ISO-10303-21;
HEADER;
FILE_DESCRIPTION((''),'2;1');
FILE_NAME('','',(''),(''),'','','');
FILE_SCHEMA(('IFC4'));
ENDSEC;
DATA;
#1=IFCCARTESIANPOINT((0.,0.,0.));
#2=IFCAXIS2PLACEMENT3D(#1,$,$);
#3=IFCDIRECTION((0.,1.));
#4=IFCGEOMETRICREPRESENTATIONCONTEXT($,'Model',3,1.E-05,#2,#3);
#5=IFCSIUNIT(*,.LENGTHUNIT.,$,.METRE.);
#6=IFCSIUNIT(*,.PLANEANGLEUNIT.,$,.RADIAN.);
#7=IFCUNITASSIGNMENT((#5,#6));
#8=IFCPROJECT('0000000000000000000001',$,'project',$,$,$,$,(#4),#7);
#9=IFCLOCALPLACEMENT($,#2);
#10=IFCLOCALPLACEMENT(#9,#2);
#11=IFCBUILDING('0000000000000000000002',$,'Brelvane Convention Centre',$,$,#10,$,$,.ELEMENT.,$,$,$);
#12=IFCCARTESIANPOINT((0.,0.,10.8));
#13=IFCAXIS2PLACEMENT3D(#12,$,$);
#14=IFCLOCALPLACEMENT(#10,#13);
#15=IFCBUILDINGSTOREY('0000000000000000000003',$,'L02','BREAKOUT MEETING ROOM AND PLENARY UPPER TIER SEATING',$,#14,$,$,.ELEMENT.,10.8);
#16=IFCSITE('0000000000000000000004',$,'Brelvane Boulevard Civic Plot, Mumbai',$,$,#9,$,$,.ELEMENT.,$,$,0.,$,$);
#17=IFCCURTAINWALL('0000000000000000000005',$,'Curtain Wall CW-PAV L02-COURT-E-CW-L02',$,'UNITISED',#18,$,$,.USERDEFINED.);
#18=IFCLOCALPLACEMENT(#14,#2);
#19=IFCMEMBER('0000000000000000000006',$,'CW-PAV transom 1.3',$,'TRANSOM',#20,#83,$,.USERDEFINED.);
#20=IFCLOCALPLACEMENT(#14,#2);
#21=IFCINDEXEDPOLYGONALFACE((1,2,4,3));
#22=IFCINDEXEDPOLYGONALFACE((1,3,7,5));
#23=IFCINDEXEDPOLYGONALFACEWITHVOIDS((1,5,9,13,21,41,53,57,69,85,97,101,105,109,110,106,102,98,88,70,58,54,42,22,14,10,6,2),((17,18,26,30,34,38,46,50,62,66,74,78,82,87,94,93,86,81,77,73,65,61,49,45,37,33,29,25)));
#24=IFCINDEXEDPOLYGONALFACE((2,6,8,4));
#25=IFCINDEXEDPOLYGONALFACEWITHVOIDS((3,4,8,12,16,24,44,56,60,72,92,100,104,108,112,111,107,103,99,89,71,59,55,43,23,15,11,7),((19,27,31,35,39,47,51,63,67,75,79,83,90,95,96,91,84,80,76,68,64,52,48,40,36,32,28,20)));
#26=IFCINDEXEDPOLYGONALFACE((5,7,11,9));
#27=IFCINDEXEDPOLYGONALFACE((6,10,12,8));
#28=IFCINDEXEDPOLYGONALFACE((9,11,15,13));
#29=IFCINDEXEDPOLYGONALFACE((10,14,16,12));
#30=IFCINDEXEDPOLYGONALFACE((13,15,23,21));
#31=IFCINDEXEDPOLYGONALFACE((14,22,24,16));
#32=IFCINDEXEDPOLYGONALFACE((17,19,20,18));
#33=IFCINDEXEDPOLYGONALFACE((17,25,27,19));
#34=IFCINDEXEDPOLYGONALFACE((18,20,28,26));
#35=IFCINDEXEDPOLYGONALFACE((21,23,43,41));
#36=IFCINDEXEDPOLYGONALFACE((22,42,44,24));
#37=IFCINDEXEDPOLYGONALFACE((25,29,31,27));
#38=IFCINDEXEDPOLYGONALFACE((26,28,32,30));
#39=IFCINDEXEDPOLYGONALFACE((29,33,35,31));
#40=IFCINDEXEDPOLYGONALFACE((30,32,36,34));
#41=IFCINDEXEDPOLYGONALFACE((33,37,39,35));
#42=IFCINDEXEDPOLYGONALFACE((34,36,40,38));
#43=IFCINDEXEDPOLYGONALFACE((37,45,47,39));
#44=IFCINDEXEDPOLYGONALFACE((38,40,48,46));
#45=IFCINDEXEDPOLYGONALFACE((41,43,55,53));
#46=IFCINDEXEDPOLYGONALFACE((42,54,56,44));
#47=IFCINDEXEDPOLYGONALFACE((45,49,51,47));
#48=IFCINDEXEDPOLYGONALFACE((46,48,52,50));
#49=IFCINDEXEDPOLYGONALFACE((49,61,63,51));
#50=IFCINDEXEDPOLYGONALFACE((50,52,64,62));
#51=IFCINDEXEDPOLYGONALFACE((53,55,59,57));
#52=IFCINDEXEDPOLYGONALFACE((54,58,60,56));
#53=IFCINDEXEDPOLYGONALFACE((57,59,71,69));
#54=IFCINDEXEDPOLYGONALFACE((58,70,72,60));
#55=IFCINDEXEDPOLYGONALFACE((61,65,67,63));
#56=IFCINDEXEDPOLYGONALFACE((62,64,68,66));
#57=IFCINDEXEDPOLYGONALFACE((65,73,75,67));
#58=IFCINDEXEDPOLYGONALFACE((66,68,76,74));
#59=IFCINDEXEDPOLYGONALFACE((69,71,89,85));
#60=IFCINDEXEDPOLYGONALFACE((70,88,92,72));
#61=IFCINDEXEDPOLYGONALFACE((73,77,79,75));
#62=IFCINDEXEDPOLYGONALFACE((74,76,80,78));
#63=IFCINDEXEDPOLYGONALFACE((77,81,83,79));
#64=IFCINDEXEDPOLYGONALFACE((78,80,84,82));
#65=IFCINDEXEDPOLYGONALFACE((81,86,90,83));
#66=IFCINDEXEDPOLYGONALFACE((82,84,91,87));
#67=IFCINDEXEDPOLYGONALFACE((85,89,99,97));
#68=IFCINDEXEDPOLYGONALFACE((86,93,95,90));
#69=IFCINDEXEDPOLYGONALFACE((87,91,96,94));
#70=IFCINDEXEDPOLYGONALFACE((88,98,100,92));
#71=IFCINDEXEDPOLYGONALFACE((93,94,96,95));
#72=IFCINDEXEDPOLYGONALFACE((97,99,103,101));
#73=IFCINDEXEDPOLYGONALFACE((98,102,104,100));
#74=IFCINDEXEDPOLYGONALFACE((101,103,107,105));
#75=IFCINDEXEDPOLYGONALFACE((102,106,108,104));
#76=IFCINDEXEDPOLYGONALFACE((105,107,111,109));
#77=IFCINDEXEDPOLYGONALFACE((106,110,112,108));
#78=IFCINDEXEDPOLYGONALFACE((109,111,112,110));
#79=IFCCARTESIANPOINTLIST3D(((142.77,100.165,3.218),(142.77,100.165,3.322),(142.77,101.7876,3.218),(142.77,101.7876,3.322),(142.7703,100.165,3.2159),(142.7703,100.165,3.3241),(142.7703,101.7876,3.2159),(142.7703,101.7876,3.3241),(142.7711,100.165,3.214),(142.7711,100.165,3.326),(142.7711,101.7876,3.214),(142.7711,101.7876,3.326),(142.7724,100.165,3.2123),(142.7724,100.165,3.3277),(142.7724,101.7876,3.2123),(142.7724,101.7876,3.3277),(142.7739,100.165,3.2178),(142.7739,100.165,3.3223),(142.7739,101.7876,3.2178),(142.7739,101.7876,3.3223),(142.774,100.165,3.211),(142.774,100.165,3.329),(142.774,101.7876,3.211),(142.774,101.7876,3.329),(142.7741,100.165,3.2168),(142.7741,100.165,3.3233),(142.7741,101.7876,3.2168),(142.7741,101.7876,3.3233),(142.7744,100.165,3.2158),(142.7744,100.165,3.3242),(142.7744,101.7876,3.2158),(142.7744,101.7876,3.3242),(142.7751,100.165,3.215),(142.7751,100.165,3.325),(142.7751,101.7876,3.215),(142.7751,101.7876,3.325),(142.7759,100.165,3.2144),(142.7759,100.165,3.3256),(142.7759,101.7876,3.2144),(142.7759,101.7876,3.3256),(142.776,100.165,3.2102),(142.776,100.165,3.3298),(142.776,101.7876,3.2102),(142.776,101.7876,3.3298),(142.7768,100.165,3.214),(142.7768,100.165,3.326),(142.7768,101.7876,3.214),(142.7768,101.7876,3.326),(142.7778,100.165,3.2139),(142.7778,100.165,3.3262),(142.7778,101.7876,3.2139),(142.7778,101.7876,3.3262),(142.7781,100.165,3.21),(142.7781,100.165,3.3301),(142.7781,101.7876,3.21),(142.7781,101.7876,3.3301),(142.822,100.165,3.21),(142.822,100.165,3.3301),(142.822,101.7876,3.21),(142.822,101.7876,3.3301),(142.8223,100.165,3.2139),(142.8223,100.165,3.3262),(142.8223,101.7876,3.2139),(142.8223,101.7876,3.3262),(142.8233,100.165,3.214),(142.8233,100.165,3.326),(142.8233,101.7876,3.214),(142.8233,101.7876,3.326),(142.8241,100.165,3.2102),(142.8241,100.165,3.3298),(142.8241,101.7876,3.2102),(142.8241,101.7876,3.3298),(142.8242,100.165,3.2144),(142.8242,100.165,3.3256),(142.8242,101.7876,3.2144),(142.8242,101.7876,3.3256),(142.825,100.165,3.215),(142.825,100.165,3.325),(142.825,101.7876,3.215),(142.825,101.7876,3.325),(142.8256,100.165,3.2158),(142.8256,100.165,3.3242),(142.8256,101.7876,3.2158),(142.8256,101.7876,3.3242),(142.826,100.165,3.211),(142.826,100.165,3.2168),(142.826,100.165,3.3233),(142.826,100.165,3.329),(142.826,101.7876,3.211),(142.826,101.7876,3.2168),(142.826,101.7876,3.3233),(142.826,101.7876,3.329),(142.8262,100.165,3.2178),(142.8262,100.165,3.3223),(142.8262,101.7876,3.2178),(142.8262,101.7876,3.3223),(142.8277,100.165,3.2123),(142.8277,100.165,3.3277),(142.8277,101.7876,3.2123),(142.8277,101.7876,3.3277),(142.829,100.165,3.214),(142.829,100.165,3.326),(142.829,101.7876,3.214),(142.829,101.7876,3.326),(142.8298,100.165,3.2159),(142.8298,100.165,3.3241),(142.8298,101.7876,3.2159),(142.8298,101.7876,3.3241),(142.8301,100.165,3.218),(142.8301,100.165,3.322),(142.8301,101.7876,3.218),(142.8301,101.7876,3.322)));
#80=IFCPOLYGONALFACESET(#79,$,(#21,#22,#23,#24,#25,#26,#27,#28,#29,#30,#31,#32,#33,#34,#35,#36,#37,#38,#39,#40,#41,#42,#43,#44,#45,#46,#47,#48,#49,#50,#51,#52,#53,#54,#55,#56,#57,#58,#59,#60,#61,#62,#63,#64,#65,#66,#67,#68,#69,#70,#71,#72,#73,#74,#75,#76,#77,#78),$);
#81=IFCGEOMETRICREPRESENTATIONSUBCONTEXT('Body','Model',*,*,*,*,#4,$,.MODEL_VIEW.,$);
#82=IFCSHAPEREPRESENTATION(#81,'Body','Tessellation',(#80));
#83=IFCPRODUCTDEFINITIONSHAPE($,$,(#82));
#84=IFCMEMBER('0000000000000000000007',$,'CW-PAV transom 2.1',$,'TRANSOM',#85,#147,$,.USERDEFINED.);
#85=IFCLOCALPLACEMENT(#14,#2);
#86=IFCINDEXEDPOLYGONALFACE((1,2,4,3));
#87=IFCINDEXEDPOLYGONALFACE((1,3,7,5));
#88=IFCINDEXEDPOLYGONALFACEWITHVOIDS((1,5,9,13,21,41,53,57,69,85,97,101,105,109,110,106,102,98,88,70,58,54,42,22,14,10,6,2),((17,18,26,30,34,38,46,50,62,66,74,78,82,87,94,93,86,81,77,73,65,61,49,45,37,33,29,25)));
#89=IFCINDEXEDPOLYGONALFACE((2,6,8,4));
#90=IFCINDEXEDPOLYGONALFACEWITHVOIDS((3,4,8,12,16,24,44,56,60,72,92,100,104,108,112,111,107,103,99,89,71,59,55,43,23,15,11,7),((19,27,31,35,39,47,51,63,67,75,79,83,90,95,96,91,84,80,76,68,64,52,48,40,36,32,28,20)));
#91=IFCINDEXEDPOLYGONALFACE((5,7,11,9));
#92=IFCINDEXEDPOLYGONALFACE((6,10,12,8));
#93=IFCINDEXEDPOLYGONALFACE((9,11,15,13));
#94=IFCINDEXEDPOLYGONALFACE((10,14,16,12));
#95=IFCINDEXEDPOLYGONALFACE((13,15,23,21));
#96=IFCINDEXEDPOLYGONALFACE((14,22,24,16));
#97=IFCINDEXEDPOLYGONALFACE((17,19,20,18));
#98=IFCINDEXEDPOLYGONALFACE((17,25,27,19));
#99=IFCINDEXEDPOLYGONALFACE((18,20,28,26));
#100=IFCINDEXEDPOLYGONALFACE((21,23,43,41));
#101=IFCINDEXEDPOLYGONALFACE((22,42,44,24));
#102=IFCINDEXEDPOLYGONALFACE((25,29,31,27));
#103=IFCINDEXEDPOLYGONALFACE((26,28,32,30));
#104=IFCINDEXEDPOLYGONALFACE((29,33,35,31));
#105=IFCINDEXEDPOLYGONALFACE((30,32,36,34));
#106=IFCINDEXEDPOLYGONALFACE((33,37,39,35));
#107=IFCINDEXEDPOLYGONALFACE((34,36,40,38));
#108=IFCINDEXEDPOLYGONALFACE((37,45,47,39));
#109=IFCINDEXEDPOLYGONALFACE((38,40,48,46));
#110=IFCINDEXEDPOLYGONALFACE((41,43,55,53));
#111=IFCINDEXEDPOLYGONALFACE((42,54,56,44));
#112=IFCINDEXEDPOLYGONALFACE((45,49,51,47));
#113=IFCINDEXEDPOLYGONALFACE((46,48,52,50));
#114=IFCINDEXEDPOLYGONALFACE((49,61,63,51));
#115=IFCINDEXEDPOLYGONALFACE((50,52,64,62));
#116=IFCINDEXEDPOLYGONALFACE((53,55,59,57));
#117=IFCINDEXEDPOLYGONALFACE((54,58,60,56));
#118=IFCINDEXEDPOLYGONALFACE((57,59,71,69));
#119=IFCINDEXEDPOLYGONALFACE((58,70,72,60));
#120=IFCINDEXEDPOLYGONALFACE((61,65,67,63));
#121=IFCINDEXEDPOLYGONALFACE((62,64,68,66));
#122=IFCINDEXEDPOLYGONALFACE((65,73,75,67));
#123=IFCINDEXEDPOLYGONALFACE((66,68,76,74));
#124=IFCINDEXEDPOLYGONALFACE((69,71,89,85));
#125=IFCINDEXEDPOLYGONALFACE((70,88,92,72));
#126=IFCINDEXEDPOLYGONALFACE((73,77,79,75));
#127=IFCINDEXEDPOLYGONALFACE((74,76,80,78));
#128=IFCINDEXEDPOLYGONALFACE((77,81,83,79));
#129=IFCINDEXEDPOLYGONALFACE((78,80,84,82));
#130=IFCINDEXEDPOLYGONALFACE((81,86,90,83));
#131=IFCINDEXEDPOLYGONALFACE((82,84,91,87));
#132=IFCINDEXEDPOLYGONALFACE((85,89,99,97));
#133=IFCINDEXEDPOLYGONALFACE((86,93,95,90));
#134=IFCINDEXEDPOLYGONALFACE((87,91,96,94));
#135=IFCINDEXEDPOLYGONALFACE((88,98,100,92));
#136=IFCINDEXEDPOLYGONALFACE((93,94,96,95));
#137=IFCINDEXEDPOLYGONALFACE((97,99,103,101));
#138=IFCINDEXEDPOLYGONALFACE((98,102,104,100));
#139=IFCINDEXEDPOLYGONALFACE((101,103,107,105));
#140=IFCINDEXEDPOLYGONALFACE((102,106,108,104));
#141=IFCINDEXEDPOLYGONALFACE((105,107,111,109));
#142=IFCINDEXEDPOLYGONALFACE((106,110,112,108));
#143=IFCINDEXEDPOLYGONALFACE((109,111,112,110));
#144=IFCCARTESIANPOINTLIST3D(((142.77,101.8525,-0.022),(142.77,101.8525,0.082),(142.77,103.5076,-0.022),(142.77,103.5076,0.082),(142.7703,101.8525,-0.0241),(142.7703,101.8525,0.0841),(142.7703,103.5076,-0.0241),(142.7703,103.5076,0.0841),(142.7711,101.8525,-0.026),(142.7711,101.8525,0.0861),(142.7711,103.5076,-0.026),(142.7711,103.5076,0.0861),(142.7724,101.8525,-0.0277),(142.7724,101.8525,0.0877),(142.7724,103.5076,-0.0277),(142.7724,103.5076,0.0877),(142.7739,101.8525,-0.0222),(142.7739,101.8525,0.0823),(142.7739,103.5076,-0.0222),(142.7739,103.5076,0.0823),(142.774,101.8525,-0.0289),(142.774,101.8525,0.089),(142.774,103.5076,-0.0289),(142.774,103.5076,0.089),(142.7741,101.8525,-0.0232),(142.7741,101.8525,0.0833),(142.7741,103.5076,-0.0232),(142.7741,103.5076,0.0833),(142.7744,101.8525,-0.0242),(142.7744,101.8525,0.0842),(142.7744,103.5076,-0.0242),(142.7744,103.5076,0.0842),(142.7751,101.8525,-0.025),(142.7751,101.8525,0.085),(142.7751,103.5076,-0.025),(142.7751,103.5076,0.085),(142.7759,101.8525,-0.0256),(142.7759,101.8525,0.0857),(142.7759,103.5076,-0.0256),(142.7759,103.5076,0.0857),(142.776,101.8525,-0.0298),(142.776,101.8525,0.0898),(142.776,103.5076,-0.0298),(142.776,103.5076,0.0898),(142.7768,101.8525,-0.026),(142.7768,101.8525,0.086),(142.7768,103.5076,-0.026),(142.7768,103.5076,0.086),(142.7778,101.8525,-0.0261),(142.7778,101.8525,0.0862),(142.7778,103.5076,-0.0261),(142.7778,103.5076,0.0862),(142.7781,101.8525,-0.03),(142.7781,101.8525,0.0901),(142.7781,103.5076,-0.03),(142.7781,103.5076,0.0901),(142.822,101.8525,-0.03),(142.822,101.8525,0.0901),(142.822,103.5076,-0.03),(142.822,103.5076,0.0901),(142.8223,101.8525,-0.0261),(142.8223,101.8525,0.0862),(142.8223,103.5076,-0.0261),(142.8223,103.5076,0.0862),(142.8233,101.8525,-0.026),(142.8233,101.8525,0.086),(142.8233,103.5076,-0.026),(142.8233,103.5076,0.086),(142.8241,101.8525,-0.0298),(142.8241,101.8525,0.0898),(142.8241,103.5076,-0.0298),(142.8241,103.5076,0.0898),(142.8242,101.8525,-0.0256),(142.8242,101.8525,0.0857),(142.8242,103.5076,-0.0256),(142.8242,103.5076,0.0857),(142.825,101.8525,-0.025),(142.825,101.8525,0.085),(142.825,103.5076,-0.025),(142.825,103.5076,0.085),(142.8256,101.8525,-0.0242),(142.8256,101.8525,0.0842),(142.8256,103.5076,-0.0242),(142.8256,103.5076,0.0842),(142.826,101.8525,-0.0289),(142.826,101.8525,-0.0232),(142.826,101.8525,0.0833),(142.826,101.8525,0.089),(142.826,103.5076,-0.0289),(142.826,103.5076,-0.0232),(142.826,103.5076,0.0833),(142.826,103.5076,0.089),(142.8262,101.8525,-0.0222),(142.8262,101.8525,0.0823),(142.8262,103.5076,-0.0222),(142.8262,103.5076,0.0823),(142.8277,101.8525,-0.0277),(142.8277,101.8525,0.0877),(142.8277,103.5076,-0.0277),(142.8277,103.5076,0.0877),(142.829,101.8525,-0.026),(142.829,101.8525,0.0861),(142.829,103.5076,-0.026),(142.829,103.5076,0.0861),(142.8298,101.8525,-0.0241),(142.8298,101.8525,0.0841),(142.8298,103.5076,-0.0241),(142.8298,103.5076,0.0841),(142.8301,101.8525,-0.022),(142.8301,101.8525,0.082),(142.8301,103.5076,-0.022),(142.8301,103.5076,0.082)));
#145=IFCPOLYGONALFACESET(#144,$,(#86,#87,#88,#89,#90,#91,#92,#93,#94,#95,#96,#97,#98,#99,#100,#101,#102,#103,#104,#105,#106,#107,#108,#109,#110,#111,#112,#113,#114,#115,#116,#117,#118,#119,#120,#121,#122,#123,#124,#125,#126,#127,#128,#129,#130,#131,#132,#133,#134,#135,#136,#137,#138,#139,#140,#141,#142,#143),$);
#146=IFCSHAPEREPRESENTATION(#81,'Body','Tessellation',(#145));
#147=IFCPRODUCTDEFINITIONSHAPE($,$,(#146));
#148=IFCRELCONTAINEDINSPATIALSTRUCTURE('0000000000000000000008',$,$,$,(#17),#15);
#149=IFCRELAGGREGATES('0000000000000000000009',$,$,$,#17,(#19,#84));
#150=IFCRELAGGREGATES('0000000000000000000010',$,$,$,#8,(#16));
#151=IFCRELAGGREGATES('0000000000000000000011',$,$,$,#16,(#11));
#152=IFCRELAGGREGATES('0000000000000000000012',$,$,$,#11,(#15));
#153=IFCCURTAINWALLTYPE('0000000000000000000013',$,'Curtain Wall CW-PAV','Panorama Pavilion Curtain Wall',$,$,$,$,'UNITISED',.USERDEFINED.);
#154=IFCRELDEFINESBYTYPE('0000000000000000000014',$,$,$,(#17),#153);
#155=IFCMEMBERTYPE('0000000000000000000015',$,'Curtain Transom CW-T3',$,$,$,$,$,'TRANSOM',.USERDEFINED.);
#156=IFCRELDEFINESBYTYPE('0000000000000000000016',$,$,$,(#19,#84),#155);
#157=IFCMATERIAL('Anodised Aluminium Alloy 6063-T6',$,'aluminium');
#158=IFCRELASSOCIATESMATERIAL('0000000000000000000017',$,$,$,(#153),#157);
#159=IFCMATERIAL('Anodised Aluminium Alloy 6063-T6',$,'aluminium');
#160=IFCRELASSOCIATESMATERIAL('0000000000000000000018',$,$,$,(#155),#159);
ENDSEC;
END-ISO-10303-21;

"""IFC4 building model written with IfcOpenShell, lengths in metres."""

from ifc_helpers import new_model, si_unit, direction, frame, origin, origin_2d, place, context, subcontext, project, spatial, hollow_rectangle, extrude, material, material_profile, profile_set, type_object, element, aggregate, save


model = new_model("IFC4")

# Units and contexts
model_context = context("Model", 3, precision=1e-05, world=origin(), true_north=direction((0.0, 1.0)))
body_context = subcontext(model_context, "Body", "Model", "MODEL_VIEW")
ifc_project = project(units=[si_unit("LENGTHUNIT", "METRE"), si_unit("PLANEANGLEUNIT", "RADIAN")], contexts=[model_context])

# Site, building, storey
site_placement = place(None, origin())
site = spatial("IfcSite", under=ifc_project, at=site_placement, Name="Brelvane Boulevard Civic Plot, Mumbai", CompositionType="ELEMENT", RefElevation=0.0)
building_placement = place(site_placement, origin())
building = spatial("IfcBuilding", under=site, at=building_placement, Name="Brelvane Convention Centre", CompositionType="ELEMENT")
storey_placement = place(building_placement, frame((0.0, 0.0, 10.8)))
storey = spatial("IfcBuildingStorey", under=building, at=storey_placement, Name="L02", Description="BREAKOUT MEETING ROOM AND PLENARY UPPER TIER SEATING", CompositionType="ELEMENT", Elevation=10.8)

# Curtain wall
ifc_material_1 = material(Name="Anodised Aluminium Alloy 6063-T6", Category="aluminium")
curtain_wall_type_1 = type_object("IfcCurtainWallType", Name="Curtain Wall CW-PAV", Description="Panorama Pavilion Curtain Wall", ElementType="UNITISED", PredefinedType="USERDEFINED", material=ifc_material_1)
curtain_wall_1_placement = place(storey_placement, origin())
curtain_wall_1 = element("IfcCurtainWall", 1, at=curtain_wall_1_placement, inside=storey, type_object=curtain_wall_type_1, Name="Curtain Wall CW-PAV L02-COURT-E-CW-L02", ObjectType="UNITISED", PredefinedType="USERDEFINED")

# Members
ifc_material_2 = material(Name="Anodised Aluminium Alloy 6063-T6", Category="aluminium")
ifc_material_profile_1 = material_profile(ifc_material_2, hollow_rectangle(XDim=0.0601, YDim=0.1201, WallThickness=0.0039, InnerFilletRadius=0.0039, OuterFilletRadius=0.0081, at=origin_2d()), Name="ALU-T 120x60x4.0")
ifc_profile_set_1 = profile_set([ifc_material_profile_1], Name="Anodised Aluminium Alloy 6063-T6")
member_type_1 = type_object("IfcMemberType", Name="Curtain Transom CW-T3", ElementType="TRANSOM", PredefinedType="USERDEFINED", material=ifc_profile_set_1)
member_1_placement = place(storey_placement, frame((142.8, 100.165, 3.27), z_axis=(0.0, 1.0, 0.0), x_axis=(-1.0, 0.0, 0.0)))
member_1 = element("IfcMember", 2, at=member_1_placement, type_object=member_type_1, Name="CW-PAV transom 1.3", ObjectType="TRANSOM", PredefinedType="USERDEFINED", context=body_context, shape_type="SweptSolid", body=[
    extrude(hollow_rectangle(XDim=0.0601, YDim=0.1201, WallThickness=0.0039, InnerFilletRadius=0.0039, OuterFilletRadius=0.0081, at=origin_2d()), origin(), (0.0, 0.0, 1.0), 1.6226),
])
member_2_placement = place(storey_placement, frame((142.8, 101.8525, 0.03), z_axis=(0.0, 1.0, 0.0), x_axis=(-1.0, 0.0, 0.0)))
member_2 = element("IfcMember", 3, at=member_2_placement, type_object=member_type_1, Name="CW-PAV transom 2.1", ObjectType="TRANSOM", PredefinedType="USERDEFINED", context=body_context, shape_type="SweptSolid", body=[
    extrude(hollow_rectangle(XDim=0.0601, YDim=0.1201, WallThickness=0.0039, InnerFilletRadius=0.0039, OuterFilletRadius=0.0081, at=origin_2d()), origin(), (0.0, 0.0, 1.0), 1.655),
])

aggregate(curtain_wall_1, [member_1, member_2])

save(model, "model.ifc")
